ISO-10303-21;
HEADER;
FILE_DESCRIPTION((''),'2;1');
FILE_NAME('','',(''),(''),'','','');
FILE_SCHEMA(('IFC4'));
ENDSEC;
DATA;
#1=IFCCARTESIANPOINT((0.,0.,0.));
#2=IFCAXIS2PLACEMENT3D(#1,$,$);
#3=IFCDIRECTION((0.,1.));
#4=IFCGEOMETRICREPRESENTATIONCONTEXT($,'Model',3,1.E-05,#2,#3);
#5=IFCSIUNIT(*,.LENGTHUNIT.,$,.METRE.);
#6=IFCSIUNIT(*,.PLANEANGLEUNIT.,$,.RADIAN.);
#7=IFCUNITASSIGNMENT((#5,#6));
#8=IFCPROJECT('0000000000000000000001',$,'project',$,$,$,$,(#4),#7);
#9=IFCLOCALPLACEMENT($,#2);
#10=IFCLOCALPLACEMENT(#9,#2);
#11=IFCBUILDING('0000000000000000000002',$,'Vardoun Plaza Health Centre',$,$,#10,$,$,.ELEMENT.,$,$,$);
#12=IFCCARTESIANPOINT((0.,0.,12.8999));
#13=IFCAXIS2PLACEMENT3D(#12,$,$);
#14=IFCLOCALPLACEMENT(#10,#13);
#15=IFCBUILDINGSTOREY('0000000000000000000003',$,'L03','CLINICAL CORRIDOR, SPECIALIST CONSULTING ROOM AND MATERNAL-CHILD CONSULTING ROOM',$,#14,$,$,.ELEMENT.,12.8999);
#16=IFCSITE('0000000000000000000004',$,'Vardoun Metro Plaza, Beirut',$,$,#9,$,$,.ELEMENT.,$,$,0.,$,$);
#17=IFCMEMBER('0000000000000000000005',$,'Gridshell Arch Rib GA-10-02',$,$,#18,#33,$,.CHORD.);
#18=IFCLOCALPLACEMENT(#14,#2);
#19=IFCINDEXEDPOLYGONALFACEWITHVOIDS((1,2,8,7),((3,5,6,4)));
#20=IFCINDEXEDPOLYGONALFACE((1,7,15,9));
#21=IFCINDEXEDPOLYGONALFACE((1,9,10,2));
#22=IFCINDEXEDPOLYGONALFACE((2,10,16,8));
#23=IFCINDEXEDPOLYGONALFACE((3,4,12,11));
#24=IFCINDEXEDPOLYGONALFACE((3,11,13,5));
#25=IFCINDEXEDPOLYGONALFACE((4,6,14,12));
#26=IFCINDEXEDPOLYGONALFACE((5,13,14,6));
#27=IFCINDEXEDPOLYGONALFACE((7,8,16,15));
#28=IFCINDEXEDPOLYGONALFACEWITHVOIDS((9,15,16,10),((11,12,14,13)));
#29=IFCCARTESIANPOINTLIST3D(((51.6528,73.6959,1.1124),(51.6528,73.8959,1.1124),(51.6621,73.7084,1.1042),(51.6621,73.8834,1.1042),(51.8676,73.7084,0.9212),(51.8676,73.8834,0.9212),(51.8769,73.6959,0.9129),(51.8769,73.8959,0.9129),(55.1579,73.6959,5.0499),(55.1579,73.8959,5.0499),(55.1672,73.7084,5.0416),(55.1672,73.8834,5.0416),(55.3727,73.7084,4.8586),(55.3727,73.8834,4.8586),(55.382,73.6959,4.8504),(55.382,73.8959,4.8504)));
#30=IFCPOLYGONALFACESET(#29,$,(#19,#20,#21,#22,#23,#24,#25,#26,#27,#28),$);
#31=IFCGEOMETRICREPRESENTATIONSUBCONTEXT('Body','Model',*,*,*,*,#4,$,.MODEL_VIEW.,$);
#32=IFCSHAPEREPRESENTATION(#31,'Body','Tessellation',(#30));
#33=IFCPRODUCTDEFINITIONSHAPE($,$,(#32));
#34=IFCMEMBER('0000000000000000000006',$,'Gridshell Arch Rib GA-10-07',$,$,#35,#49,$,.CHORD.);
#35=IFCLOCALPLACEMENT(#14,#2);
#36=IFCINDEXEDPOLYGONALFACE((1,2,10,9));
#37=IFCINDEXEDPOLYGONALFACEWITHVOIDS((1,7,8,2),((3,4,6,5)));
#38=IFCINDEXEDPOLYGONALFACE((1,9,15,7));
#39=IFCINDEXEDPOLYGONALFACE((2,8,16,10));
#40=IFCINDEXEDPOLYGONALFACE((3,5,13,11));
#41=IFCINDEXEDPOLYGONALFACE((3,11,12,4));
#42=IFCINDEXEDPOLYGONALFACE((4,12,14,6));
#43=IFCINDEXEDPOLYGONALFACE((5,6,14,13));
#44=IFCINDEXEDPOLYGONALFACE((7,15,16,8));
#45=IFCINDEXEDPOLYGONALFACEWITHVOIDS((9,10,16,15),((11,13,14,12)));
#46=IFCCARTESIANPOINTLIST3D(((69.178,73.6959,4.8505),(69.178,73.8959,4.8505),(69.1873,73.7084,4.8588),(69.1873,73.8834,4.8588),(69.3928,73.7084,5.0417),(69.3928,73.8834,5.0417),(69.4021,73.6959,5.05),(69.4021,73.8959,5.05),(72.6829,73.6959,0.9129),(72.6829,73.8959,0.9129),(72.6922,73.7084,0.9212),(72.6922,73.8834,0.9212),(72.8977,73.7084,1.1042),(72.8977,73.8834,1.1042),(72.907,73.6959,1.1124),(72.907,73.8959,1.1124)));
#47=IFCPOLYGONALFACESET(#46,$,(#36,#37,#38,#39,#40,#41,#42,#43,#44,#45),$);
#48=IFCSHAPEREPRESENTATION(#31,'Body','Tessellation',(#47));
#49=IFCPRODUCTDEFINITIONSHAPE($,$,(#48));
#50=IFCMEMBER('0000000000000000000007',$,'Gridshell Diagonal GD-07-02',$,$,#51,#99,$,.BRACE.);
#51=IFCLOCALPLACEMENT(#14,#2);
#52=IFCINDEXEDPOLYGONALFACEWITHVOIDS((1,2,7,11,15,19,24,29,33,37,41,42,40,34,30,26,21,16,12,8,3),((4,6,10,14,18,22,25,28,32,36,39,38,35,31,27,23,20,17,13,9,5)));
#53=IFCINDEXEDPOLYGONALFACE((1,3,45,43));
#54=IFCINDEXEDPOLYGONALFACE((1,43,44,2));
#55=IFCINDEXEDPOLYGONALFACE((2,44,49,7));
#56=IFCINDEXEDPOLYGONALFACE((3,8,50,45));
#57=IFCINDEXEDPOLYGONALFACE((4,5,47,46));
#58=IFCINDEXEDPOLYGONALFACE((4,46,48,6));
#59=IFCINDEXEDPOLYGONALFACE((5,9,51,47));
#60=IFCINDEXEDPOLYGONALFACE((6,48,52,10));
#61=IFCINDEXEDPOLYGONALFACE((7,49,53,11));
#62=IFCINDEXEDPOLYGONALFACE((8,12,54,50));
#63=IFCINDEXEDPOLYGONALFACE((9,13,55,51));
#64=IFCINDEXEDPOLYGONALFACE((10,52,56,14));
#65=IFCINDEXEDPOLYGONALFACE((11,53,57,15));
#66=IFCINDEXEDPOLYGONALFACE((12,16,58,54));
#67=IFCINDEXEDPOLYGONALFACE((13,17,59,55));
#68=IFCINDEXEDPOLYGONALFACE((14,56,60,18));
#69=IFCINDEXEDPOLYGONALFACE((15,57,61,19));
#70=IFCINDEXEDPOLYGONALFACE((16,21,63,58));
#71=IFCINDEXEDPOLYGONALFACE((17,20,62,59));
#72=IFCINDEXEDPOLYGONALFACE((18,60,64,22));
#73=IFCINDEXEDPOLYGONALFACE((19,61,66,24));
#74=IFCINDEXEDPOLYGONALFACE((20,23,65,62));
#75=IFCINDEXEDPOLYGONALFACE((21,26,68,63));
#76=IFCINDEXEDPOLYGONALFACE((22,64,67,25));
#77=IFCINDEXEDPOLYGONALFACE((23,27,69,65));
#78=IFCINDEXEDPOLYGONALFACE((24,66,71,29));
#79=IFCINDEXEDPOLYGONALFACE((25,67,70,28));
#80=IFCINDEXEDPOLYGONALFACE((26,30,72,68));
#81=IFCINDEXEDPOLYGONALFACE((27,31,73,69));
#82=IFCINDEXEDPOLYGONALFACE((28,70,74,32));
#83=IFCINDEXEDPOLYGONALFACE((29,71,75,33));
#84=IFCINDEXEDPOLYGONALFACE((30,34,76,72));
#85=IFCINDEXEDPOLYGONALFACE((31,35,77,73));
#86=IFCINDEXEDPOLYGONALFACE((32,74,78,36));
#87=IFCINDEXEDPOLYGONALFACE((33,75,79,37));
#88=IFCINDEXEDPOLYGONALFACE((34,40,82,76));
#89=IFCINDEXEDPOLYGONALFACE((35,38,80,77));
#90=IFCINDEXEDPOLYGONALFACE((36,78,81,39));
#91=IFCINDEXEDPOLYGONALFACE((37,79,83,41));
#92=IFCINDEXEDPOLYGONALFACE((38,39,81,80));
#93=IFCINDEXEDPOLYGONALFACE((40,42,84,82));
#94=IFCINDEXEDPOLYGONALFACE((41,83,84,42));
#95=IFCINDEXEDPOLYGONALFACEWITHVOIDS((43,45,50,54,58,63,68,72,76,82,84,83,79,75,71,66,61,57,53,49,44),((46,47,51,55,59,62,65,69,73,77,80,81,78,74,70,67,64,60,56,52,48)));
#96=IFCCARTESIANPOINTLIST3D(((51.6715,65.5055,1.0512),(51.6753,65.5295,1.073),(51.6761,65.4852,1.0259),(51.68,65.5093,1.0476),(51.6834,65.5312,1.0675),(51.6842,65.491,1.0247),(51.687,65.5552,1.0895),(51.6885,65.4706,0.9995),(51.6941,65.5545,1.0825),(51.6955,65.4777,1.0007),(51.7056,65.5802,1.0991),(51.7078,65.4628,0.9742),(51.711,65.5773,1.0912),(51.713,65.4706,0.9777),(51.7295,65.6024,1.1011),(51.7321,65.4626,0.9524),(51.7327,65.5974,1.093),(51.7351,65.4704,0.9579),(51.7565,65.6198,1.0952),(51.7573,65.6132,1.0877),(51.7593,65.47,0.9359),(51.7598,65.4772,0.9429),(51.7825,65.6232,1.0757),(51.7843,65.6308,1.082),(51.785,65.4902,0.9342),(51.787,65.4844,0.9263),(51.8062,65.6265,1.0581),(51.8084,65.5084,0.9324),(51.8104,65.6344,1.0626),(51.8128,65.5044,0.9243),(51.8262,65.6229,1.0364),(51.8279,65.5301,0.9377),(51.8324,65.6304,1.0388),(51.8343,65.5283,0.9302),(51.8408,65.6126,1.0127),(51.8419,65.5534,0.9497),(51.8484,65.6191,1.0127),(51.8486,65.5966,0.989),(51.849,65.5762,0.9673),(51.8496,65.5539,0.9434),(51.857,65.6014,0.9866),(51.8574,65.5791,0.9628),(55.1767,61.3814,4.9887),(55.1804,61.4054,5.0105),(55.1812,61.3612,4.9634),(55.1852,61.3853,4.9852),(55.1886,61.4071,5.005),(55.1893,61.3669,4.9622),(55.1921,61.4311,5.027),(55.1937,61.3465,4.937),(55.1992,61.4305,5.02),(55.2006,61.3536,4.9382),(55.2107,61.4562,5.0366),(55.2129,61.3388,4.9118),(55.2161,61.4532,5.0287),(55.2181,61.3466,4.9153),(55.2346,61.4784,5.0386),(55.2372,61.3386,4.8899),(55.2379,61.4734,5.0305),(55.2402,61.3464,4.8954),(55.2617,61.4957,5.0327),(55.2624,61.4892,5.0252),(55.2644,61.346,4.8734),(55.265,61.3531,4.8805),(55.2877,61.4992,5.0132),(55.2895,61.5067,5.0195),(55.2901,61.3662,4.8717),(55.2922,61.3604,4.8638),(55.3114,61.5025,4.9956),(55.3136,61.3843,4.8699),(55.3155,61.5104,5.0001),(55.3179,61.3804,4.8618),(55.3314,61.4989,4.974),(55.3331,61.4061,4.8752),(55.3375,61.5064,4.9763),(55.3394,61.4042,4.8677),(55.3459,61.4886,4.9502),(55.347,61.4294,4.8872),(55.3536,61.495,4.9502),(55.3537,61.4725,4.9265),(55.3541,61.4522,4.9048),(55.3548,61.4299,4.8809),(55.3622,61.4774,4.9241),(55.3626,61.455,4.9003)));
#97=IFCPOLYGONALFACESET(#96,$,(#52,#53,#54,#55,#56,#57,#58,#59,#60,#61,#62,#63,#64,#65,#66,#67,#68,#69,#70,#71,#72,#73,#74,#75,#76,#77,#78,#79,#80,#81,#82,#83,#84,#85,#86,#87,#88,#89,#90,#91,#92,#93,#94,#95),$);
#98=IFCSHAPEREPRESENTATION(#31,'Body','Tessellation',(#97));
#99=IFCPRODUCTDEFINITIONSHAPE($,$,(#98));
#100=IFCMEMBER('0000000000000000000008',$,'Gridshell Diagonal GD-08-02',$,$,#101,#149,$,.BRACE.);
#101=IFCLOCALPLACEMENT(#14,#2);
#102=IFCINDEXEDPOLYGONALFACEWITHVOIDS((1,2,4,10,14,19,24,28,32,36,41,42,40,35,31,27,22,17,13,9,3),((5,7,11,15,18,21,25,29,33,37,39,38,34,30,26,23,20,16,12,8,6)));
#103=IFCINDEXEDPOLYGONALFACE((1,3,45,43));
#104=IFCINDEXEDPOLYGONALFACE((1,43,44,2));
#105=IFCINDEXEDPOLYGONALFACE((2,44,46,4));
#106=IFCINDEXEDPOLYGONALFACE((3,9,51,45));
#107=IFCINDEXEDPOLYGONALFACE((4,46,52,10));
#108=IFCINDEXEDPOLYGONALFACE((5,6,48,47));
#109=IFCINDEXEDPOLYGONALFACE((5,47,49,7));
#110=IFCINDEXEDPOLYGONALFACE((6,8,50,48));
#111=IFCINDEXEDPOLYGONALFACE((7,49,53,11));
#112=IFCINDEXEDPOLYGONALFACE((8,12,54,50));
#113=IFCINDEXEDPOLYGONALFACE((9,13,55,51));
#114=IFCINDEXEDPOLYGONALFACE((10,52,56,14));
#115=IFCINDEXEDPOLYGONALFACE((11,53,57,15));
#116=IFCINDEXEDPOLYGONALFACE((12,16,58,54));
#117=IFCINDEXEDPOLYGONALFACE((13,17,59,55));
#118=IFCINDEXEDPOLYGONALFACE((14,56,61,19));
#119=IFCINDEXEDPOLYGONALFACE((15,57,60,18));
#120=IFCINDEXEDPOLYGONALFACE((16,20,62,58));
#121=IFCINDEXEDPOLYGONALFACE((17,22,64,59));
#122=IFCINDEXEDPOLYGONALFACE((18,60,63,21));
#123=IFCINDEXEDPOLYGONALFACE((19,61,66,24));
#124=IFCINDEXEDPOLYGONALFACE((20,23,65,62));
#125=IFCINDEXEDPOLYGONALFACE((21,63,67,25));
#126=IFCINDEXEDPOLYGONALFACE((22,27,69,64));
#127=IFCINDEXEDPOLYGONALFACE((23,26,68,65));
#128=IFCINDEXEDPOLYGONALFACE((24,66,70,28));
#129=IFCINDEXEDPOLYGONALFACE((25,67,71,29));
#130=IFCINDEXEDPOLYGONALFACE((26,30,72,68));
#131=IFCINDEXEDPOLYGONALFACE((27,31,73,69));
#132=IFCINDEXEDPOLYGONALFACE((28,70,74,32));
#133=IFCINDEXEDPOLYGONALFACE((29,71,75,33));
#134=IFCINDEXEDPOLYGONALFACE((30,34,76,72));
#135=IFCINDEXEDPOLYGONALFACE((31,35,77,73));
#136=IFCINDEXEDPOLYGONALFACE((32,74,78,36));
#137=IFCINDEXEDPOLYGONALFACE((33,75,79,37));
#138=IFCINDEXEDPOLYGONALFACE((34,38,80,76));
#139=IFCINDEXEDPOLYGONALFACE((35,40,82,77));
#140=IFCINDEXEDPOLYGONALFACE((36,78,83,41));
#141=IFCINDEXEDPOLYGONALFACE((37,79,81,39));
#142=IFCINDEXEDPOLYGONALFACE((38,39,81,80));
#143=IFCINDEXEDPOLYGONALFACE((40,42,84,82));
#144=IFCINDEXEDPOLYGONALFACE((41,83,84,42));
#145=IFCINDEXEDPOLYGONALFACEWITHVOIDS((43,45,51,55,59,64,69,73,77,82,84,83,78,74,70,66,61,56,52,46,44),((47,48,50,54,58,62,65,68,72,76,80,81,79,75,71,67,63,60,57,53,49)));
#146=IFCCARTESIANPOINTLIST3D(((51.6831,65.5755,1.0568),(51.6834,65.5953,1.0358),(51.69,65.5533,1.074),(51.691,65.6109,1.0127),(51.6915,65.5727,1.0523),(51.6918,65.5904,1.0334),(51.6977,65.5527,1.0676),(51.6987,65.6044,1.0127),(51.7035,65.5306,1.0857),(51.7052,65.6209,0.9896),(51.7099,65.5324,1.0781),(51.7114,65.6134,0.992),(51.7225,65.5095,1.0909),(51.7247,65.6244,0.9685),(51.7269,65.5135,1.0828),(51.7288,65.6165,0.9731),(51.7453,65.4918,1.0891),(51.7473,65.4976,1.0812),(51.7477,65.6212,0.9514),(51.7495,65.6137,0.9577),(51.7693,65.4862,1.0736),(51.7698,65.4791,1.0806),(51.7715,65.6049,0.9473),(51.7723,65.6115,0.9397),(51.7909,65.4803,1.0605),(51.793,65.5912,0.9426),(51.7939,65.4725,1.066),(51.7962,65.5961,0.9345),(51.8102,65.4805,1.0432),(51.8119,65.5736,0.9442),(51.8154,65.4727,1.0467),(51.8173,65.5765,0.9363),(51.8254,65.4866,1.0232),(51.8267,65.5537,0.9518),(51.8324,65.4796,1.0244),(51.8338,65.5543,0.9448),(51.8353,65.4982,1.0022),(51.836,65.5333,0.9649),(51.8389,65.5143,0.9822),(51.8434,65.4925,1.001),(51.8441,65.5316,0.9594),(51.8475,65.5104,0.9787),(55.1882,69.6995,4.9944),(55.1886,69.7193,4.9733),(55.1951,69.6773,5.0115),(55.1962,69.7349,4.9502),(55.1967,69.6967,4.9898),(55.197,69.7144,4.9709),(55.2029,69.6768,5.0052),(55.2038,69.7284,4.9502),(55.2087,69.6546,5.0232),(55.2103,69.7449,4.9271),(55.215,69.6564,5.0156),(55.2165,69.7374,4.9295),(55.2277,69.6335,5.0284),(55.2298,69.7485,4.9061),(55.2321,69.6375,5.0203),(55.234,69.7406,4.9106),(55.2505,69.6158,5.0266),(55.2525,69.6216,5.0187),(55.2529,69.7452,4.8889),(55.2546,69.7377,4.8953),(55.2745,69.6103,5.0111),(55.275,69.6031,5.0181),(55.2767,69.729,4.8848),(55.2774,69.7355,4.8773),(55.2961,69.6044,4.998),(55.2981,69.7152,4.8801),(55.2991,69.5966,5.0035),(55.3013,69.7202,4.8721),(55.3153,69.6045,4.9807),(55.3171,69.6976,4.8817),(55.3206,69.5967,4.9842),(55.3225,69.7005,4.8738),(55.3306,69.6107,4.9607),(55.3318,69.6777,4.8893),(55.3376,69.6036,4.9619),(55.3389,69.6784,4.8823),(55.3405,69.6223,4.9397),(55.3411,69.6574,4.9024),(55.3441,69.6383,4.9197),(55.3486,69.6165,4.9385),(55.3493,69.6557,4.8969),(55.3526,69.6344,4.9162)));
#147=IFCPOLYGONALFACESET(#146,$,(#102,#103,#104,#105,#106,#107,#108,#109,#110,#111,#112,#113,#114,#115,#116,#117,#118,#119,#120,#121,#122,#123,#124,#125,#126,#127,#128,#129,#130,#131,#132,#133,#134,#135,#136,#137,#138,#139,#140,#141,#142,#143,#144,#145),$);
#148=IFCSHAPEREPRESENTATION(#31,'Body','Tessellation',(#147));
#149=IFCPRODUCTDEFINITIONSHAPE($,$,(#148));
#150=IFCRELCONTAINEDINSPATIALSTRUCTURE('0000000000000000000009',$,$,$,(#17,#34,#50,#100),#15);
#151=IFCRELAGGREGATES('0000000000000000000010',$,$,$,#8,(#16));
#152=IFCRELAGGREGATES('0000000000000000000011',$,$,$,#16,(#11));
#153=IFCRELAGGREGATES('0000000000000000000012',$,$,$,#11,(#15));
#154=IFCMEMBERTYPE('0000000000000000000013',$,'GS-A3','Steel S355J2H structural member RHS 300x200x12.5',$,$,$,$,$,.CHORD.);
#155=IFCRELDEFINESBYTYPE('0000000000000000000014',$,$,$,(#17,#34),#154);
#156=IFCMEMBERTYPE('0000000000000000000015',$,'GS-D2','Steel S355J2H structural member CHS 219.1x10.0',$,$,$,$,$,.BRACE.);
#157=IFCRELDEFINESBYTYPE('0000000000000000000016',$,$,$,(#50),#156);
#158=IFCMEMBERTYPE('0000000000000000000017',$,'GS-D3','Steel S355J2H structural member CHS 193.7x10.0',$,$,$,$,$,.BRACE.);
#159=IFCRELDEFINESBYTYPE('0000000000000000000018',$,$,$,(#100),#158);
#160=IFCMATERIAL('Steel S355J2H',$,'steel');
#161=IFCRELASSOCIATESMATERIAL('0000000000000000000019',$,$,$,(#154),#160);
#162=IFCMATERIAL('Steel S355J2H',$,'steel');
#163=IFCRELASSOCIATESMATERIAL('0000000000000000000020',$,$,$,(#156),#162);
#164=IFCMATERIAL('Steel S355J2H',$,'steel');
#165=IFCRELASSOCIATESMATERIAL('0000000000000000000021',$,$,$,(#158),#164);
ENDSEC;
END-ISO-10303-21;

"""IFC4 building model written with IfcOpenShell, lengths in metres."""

from ifc_helpers import new_model, si_unit, direction, frame, origin, origin_2d, place, context, subcontext, project, spatial, hollow_rectangle, hollow_circle, extrude, material, material_profile, profile_set, type_object, element, save


model = new_model("IFC4")

# Units and contexts
model_context = context("Model", 3, precision=1e-05, world=origin(), true_north=direction((0.0, 1.0)))
body_context = subcontext(model_context, "Body", "Model", "MODEL_VIEW")
ifc_project = project(units=[si_unit("LENGTHUNIT", "METRE"), si_unit("PLANEANGLEUNIT", "RADIAN")], contexts=[model_context])

# Site, building, storey
site_placement = place(None, origin())
site = spatial("IfcSite", under=ifc_project, at=site_placement, Name="Vardoun Metro Plaza, Beirut", CompositionType="ELEMENT", RefElevation=0.0)
building_placement = place(site_placement, origin())
building = spatial("IfcBuilding", under=site, at=building_placement, Name="Vardoun Plaza Health Centre", CompositionType="ELEMENT")
storey_placement = place(building_placement, frame((0.0, 0.0, 12.8999)))
storey = spatial("IfcBuildingStorey", under=building, at=storey_placement, Name="L03", Description="CLINICAL CORRIDOR, SPECIALIST CONSULTING ROOM AND MATERNAL-CHILD CONSULTING ROOM", CompositionType="ELEMENT", Elevation=12.8999)

# Members
ifc_material_1 = material(Name="Steel S355J2H", Category="steel")
ifc_material_profile_1 = material_profile(ifc_material_1, hollow_rectangle(XDim=0.2, YDim=0.3, WallThickness=0.0125, at=origin_2d()), Name="RHS 300x200x12.5")
ifc_profile_set_1 = profile_set([ifc_material_profile_1], Name="Steel S355J2H")
member_type_1 = type_object("IfcMemberType", Name="GS-A3", Description="Steel S355J2H structural member RHS 300x200x12.5", PredefinedType="CHORD", material=ifc_profile_set_1)
for number, where, z_axis, x_axis, name in (
    (1, (51.7649, 73.7959, 1.0127), (0.664907, 0.0, 0.746926), (0.0, 1.0, 0.0), "Gridshell Arch Rib GA-10-02"),
    (2, (72.7949, 73.7959, 1.0127), (-0.664881, 0.0, 0.746949), (0.0, -1.0, 0.0), "Gridshell Arch Rib GA-10-07"),
):
    element("IfcMember", number, at=place(storey_placement, frame(where, z_axis=z_axis, x_axis=x_axis)), inside=storey, type_object=member_type_1, Name=name, PredefinedType="CHORD", context=body_context, shape_type="SweptSolid", body=[
        extrude(hollow_rectangle(XDim=0.2, YDim=0.3, WallThickness=0.0125, at=origin_2d()), origin(), (0.0, 0.0, 1.0), 5.2715),
    ])
ifc_material_2 = material(Name="Steel S355J2H", Category="steel")
ifc_material_profile_2 = material_profile(ifc_material_2, hollow_circle(Radius=0.1096, WallThickness=0.01, at=origin_2d()), Name="CHS 219.1x10.0")
ifc_profile_set_2 = profile_set([ifc_material_profile_2], Name="Steel S355J2H")
member_type_2 = type_object("IfcMemberType", Name="GS-D2", Description="Steel S355J2H structural member CHS 219.1x10.0", PredefinedType="BRACE", material=ifc_profile_set_2)
member_1_placement = place(storey_placement, frame((51.7649, 65.5481, 1.0127), z_axis=(0.523694, -0.616162, 0.588294), x_axis=(0.761966, 0.647617, 0.0)))
element("IfcMember", 3, at=member_1_placement, inside=storey, type_object=member_type_2, Name="Gridshell Diagonal GD-07-02", PredefinedType="BRACE", context=body_context, shape_type="SweptSolid", body=[
    extrude(hollow_circle(Radius=0.1096, WallThickness=0.01, at=origin_2d()), origin(), (0.0, 0.0, 1.0), 6.6931),
])
ifc_material_3 = material(Name="Steel S355J2H", Category="steel")
ifc_material_profile_3 = material_profile(ifc_material_3, hollow_circle(Radius=0.0969, WallThickness=0.01, at=origin_2d()), Name="CHS 193.7x10.0")
ifc_profile_set_3 = profile_set([ifc_material_profile_3], Name="Steel S355J2H")
member_type_3 = type_object("IfcMemberType", Name="GS-D3", Description="Steel S355J2H structural member CHS 193.7x10.0", PredefinedType="BRACE", material=ifc_profile_set_3)
member_2_placement = place(storey_placement, frame((51.7649, 65.5481, 1.0127), z_axis=(0.523694, 0.616162, 0.588294), x_axis=(-0.761966, 0.647617, 0.0)))
element("IfcMember", 4, at=member_2_placement, inside=storey, type_object=member_type_3, Name="Gridshell Diagonal GD-08-02", PredefinedType="BRACE", context=body_context, shape_type="SweptSolid", body=[
    extrude(hollow_circle(Radius=0.0969, WallThickness=0.01, at=origin_2d()), origin(), (0.0, 0.0, 1.0), 6.6931),
])

save(model, "model.ifc")
